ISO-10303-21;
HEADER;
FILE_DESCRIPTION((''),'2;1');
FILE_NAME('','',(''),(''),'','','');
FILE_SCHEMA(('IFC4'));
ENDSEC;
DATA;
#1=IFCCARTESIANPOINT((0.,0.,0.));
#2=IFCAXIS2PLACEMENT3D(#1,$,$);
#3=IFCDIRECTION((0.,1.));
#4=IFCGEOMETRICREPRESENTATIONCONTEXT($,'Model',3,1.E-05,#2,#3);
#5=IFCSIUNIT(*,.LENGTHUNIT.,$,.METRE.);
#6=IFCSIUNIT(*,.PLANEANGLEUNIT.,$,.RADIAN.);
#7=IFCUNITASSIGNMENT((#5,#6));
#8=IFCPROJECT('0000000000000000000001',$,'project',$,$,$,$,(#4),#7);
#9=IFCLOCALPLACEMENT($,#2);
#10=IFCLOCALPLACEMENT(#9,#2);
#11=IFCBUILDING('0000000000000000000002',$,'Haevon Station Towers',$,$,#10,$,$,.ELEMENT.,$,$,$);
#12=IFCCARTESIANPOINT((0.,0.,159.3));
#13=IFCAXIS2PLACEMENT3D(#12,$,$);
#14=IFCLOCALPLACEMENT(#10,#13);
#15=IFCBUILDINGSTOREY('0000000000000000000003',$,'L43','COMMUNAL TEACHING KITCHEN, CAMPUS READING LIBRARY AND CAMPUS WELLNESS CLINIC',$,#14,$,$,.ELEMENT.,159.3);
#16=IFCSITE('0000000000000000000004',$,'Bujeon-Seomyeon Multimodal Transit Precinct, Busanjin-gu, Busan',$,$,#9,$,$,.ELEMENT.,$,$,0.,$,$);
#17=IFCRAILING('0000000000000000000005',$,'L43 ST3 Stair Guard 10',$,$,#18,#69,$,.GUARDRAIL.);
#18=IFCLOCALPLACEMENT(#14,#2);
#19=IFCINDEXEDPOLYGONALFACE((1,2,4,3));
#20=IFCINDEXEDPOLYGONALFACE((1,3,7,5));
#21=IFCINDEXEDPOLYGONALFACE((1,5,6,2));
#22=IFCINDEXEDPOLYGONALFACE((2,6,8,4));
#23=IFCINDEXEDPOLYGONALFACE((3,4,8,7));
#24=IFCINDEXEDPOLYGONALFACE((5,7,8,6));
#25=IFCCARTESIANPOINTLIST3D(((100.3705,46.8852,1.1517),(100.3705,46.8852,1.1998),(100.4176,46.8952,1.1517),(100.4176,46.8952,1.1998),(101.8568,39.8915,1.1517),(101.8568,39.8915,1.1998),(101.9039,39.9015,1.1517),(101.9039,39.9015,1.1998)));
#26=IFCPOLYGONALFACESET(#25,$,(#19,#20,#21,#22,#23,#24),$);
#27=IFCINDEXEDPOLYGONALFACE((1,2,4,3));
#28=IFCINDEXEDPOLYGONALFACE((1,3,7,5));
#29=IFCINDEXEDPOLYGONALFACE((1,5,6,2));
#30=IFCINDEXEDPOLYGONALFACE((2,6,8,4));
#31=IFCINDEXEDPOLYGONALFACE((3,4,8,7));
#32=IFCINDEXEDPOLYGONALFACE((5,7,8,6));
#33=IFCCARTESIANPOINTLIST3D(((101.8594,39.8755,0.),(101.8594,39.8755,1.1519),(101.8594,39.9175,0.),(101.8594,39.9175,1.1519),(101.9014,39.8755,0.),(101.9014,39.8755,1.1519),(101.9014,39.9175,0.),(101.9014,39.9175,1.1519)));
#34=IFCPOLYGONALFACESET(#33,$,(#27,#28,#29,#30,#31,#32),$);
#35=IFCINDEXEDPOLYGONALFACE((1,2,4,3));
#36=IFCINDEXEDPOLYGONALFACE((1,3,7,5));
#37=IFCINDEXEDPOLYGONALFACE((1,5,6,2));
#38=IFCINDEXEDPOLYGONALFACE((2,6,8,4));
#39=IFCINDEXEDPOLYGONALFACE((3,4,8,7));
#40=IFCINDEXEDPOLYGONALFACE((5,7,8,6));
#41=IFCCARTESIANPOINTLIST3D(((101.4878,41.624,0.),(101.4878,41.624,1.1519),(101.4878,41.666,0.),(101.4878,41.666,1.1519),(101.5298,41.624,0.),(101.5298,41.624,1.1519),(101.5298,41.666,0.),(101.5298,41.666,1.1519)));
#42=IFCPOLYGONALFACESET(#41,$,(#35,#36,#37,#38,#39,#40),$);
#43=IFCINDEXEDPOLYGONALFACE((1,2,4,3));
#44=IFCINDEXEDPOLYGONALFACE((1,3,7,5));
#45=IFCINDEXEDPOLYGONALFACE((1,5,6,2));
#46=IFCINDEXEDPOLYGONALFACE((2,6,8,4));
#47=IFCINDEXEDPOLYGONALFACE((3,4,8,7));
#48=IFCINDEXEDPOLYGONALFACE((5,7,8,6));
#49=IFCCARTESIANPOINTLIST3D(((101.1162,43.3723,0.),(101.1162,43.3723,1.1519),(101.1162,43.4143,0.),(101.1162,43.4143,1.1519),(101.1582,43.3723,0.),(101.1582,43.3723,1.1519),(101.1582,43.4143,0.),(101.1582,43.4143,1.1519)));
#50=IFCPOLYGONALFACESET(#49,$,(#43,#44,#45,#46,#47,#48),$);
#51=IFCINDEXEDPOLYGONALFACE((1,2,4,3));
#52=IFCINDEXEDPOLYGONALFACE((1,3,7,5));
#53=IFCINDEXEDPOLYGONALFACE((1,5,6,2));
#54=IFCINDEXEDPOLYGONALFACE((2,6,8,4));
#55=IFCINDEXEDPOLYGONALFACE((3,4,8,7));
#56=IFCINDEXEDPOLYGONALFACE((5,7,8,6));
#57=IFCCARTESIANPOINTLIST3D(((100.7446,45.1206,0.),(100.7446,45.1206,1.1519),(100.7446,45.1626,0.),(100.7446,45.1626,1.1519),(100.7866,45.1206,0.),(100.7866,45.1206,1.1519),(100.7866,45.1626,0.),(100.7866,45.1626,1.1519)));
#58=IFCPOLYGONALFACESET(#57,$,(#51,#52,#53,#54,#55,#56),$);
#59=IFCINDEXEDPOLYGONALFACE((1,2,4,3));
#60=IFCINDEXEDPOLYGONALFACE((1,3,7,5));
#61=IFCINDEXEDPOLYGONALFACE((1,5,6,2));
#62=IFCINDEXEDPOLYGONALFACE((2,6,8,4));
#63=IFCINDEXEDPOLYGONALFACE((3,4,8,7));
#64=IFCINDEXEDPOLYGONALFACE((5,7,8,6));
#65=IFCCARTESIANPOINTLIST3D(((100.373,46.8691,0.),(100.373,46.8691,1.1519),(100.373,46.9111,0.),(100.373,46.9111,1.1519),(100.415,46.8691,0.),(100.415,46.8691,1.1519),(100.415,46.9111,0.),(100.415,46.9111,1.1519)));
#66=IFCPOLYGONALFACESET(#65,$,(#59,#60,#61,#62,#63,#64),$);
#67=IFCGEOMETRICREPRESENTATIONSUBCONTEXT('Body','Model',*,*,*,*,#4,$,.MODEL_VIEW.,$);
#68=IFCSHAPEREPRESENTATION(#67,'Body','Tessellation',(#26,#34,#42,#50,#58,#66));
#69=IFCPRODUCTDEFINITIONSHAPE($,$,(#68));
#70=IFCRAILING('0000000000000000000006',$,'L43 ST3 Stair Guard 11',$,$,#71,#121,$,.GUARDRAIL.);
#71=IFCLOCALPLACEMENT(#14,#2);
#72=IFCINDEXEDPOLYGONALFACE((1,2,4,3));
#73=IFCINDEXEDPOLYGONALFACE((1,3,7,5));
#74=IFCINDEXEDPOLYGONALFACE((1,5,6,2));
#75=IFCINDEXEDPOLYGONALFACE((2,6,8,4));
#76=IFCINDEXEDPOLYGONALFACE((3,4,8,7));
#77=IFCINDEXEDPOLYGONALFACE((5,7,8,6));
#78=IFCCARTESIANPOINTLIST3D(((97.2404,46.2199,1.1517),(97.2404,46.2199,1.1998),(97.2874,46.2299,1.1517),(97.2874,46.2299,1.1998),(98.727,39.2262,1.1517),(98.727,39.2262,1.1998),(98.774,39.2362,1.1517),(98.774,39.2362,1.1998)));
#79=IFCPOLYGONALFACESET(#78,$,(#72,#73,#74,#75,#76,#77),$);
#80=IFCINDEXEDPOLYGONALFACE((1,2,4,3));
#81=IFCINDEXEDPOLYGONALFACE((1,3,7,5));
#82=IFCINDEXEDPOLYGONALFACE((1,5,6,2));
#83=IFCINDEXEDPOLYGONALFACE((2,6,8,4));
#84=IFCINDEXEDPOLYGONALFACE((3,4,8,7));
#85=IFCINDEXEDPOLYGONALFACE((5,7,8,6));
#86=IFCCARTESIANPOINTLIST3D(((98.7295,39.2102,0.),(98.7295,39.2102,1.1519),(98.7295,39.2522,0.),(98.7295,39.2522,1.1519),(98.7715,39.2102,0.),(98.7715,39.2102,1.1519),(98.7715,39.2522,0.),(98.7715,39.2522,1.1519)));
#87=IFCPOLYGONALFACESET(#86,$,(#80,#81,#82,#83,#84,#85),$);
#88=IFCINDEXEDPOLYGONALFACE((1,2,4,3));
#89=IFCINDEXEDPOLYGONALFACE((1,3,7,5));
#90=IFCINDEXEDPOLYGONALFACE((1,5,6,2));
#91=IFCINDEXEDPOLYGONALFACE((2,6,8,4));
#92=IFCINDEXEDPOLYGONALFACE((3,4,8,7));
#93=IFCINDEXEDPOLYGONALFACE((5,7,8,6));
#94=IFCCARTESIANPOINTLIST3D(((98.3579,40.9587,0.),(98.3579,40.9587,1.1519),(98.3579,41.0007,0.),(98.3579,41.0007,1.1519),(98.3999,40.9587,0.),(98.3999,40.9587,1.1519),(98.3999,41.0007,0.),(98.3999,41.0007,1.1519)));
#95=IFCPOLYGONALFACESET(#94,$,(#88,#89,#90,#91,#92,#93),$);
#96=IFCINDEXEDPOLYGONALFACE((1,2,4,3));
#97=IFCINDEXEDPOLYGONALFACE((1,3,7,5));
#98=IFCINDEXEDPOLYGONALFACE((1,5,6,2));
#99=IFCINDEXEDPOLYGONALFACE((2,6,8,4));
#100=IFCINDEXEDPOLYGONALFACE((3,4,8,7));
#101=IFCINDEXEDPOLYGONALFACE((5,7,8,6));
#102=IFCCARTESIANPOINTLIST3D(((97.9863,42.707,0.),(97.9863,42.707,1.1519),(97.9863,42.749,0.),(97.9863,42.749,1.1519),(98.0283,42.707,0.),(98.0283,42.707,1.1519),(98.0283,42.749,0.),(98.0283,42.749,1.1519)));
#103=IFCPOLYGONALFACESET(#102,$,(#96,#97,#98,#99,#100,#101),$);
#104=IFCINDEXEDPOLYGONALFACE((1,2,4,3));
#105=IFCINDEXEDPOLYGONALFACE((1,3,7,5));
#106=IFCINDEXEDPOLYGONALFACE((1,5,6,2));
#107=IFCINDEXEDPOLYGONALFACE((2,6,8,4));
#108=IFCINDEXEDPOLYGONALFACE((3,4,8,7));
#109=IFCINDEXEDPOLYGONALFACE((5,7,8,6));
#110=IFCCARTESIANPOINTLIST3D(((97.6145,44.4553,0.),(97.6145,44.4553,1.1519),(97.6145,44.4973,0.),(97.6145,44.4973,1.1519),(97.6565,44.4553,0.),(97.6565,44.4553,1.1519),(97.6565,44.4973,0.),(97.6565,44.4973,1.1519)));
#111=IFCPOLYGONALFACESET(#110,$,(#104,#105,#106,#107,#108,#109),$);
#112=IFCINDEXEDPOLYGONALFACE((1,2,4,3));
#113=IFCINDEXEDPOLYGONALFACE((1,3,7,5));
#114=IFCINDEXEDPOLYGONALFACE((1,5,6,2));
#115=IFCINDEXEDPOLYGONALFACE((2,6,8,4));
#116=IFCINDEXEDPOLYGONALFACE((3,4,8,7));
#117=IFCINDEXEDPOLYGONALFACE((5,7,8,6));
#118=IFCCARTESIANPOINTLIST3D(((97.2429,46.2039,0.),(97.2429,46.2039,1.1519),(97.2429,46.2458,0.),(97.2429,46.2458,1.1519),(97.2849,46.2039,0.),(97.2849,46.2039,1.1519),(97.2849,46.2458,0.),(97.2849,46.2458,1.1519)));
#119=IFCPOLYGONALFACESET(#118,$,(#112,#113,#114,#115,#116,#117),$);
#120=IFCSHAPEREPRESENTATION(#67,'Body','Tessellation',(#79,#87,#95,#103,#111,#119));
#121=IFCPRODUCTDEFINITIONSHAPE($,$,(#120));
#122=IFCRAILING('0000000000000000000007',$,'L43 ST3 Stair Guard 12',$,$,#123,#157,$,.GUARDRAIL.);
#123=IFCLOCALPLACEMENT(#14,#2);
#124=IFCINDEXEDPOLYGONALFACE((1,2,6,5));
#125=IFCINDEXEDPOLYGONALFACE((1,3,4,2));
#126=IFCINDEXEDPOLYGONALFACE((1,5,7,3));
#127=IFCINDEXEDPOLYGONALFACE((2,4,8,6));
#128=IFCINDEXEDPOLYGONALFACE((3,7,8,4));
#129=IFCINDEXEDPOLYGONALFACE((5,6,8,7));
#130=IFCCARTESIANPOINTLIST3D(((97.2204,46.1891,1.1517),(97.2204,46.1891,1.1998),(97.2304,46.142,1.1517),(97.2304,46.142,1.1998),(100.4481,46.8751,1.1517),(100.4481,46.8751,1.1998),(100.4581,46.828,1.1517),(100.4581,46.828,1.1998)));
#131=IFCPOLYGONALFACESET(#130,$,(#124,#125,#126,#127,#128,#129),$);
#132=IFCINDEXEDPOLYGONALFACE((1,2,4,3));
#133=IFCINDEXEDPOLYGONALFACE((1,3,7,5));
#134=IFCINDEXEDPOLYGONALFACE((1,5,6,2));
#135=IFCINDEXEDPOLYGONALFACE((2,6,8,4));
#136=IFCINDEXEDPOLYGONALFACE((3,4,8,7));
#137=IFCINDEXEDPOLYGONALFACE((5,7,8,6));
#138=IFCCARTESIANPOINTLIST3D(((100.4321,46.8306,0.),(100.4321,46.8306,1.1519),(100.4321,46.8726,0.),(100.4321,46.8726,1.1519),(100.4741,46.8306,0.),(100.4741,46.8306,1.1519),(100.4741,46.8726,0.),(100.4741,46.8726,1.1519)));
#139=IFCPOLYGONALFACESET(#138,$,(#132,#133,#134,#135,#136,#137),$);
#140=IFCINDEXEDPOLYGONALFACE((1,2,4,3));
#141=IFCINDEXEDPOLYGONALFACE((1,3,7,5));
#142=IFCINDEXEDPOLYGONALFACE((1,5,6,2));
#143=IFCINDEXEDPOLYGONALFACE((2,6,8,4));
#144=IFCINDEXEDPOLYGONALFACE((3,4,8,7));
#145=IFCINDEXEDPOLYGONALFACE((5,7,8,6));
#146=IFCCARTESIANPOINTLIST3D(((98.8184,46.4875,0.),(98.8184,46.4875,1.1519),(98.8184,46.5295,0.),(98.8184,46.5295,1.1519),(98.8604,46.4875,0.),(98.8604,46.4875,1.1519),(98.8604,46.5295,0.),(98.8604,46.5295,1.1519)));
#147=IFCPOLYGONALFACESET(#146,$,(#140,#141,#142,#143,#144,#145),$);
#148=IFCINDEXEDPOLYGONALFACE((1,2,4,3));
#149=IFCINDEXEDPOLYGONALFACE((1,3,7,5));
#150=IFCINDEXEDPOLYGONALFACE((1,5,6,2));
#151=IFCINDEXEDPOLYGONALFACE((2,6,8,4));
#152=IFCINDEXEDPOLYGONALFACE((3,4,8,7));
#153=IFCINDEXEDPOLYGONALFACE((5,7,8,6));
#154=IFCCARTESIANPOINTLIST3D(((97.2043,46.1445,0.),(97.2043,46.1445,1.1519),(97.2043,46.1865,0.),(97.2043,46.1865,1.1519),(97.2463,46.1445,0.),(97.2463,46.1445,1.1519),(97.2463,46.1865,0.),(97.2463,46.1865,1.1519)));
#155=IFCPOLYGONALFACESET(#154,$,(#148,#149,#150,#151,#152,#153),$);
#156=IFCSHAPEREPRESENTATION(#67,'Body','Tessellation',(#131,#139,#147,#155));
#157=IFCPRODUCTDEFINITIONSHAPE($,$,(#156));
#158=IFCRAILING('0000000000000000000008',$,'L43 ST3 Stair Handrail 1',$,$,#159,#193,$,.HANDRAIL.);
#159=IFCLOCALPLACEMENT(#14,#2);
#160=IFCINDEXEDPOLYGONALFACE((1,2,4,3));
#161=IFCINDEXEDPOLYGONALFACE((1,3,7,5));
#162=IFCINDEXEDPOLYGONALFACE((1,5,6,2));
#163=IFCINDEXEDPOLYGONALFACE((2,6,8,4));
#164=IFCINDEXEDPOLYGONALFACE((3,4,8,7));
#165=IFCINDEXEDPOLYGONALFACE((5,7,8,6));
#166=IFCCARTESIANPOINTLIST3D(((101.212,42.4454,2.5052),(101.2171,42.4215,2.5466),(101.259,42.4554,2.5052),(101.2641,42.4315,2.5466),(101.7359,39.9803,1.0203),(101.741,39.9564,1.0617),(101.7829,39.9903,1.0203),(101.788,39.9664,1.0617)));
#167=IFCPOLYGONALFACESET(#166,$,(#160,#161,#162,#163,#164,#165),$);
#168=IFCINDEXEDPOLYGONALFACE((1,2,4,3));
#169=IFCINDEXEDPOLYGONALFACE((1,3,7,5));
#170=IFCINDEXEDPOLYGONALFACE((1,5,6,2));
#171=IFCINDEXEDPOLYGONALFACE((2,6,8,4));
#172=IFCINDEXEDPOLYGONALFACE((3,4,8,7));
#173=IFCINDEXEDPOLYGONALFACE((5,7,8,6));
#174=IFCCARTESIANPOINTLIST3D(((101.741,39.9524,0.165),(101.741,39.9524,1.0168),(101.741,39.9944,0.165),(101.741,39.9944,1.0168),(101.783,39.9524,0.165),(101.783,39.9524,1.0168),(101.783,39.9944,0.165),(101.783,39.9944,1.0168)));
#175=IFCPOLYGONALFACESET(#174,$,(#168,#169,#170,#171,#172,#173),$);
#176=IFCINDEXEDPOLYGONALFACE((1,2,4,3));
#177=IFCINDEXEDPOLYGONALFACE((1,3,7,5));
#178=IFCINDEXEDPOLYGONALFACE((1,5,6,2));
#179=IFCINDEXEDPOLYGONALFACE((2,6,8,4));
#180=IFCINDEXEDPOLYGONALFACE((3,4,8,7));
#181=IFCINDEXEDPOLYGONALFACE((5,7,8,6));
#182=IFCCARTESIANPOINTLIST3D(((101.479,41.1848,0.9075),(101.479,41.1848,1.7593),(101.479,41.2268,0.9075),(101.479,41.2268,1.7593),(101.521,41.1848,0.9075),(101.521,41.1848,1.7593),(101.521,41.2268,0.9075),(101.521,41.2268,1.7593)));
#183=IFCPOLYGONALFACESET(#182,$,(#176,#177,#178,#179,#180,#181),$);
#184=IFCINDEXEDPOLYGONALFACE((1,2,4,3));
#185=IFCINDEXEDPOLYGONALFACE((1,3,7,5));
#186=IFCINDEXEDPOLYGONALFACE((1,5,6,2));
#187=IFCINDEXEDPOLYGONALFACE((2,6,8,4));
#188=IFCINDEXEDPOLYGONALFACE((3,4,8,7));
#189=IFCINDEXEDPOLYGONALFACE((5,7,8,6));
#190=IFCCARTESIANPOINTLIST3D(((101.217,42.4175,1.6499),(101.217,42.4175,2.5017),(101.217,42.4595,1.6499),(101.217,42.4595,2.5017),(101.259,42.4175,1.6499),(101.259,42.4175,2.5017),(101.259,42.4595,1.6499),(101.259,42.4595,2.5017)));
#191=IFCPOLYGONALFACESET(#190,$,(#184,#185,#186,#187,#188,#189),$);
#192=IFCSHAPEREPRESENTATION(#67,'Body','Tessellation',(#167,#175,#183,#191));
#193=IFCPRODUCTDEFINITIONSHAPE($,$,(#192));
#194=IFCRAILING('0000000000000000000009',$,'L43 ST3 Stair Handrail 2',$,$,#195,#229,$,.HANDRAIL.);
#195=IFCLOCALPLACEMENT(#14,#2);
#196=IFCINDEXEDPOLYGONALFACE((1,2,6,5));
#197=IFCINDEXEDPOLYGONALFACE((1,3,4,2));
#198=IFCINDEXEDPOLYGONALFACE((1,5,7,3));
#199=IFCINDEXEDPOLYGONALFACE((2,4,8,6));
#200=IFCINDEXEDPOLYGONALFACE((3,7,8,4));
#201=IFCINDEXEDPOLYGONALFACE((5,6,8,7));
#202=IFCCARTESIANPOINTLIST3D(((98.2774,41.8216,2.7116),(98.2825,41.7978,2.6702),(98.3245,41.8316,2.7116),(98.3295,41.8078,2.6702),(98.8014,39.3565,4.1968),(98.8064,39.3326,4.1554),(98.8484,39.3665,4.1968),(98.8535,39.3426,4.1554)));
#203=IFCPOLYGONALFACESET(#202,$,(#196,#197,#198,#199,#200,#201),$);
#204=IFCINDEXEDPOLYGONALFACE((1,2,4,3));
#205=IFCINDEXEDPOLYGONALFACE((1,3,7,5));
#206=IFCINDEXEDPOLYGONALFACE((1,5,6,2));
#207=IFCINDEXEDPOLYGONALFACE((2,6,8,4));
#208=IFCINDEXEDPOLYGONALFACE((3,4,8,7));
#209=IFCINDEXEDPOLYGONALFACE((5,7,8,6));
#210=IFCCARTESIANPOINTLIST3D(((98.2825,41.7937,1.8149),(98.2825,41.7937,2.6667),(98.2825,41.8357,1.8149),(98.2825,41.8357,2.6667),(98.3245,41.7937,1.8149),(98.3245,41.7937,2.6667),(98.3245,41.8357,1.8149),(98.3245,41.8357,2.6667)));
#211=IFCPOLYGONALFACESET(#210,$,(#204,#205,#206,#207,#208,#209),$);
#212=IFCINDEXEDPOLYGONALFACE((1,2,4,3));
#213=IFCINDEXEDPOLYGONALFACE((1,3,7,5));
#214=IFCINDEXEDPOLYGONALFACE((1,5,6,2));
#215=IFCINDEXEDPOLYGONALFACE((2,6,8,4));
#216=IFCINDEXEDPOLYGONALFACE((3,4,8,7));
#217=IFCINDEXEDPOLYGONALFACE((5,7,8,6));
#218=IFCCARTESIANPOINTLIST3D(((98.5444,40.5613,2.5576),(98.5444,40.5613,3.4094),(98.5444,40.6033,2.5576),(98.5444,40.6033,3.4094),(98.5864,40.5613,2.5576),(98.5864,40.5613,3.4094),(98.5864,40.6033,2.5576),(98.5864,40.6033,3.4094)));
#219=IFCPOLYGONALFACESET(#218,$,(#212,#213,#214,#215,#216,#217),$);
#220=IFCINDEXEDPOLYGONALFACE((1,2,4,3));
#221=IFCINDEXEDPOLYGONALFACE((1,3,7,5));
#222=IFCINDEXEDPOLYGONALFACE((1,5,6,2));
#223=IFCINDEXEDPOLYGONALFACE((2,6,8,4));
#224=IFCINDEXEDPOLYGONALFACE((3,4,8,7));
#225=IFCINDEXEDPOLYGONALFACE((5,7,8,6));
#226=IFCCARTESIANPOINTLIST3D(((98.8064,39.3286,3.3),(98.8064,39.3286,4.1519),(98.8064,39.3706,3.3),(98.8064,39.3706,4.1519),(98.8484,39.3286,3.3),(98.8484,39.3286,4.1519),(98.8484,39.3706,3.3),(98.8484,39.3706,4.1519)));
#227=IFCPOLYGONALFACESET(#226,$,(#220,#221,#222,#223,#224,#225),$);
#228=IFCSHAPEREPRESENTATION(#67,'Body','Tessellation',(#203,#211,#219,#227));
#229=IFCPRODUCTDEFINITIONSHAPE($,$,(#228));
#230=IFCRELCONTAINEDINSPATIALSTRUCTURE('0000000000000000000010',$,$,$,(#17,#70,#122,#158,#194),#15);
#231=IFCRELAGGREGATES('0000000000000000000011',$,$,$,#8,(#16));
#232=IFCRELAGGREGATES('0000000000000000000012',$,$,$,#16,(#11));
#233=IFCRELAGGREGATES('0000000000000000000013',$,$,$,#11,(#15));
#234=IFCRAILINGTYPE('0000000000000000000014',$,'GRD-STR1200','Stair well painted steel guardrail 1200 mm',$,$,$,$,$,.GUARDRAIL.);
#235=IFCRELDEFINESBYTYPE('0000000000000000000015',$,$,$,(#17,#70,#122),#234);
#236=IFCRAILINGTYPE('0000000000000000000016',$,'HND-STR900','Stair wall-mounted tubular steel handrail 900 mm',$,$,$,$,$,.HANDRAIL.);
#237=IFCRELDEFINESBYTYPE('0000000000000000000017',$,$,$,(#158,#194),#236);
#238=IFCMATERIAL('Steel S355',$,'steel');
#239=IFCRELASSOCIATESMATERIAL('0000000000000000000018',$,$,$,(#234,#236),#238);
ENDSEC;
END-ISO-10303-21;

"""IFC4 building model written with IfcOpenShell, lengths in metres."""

from ifc_helpers import new_model, si_unit, direction, frame, origin, origin_2d, place, context, subcontext, project, spatial, rectangle, extrude, material, type_object, element, save


model = new_model("IFC4")

# Units and contexts
model_context = context("Model", 3, precision=1e-05, world=origin(), true_north=direction((0.0, 1.0)))
body_context = subcontext(model_context, "Body", "Model", "MODEL_VIEW")
ifc_project = project(units=[si_unit("LENGTHUNIT", "METRE"), si_unit("PLANEANGLEUNIT", "RADIAN")], contexts=[model_context])

# Site, building, storey
site_placement = place(None, origin())
site = spatial("IfcSite", under=ifc_project, at=site_placement, Name="Bujeon-Seomyeon Multimodal Transit Precinct, Busanjin-gu, Busan", CompositionType="ELEMENT", RefElevation=0.0)
building_placement = place(site_placement, origin())
building = spatial("IfcBuilding", under=site, at=building_placement, Name="Haevon Station Towers", CompositionType="ELEMENT")
storey_placement = place(building_placement, frame((0.0, 0.0, 159.3)))
storey = spatial("IfcBuildingStorey", under=building, at=storey_placement, Name="L43", Description="COMMUNAL TEACHING KITCHEN, CAMPUS READING LIBRARY AND CAMPUS WELLNESS CLINIC", CompositionType="ELEMENT", Elevation=159.3)

# Shared definitions
ifc_material_1 = material(Name="Steel S355", Category="steel")

# Railings
railing_type_1 = type_object("IfcRailingType", Name="GRD-STR1200", Description="Stair well painted steel guardrail 1200 mm", PredefinedType="GUARDRAIL", material=ifc_material_1)
railing_1_placement = place(storey_placement, frame((101.8804, 39.8965, 0.0)))
element("IfcRailing", 1, at=railing_1_placement, inside=storey, type_object=railing_type_1, Name="L43 ST3 Stair Guard 10", PredefinedType="GUARDRAIL", context=body_context, shape_type="SweptSolid", body=[
    extrude(rectangle(XDim=0.0481, YDim=0.0481, at=origin_2d()), frame((0.0, 0.0, 1.1758), z_axis=(-0.207882, 0.978154, 0.0), x_axis=(-0.978154, -0.207882, 0.0)), (0.0, 0.0, 1.0), 7.1499),
    extrude(rectangle(XDim=0.042, YDim=0.042, at=origin_2d()), origin(), (0.0, 0.0, 1.0), 1.1519),
    extrude(rectangle(XDim=0.042, YDim=0.042, at=origin_2d()), frame((-0.3716, 1.7485, 0.0)), (0.0, 0.0, 1.0), 1.1519),
    extrude(rectangle(XDim=0.042, YDim=0.042, at=origin_2d()), frame((-0.7432, 3.4968, 0.0)), (0.0, 0.0, 1.0), 1.1519),
    extrude(rectangle(XDim=0.042, YDim=0.042, at=origin_2d()), frame((-1.1147, 5.2451, 0.0)), (0.0, 0.0, 1.0), 1.1519),
    extrude(rectangle(XDim=0.042, YDim=0.042, at=origin_2d()), frame((-1.4863, 6.9937, 0.0)), (0.0, 0.0, 1.0), 1.1519),
])
railing_2_placement = place(storey_placement, frame((98.7505, 39.2312, 0.0)))
element("IfcRailing", 2, at=railing_2_placement, inside=storey, type_object=railing_type_1, Name="L43 ST3 Stair Guard 11", PredefinedType="GUARDRAIL", context=body_context, shape_type="SweptSolid", body=[
    extrude(rectangle(XDim=0.0481, YDim=0.0481, at=origin_2d()), frame((0.0, 0.0, 1.1758), z_axis=(-0.207915, 0.978147, 0.0), x_axis=(-0.978147, -0.207915, 0.0)), (0.0, 0.0, 1.0), 7.1499),
    extrude(rectangle(XDim=0.042, YDim=0.042, at=origin_2d()), origin(), (0.0, 0.0, 1.0), 1.1519),
    extrude(rectangle(XDim=0.042, YDim=0.042, at=origin_2d()), frame((-0.3716, 1.7485, 0.0)), (0.0, 0.0, 1.0), 1.1519),
    extrude(rectangle(XDim=0.042, YDim=0.042, at=origin_2d()), frame((-0.7432, 3.4968, 0.0)), (0.0, 0.0, 1.0), 1.1519),
    extrude(rectangle(XDim=0.042, YDim=0.042, at=origin_2d()), frame((-1.115, 5.2451, 0.0)), (0.0, 0.0, 1.0), 1.1519),
    extrude(rectangle(XDim=0.042, YDim=0.042, at=origin_2d()), frame((-1.4866, 6.9937, 0.0)), (0.0, 0.0, 1.0), 1.1519),
])
railing_3_placement = place(storey_placement, frame((100.4531, 46.8516, 0.0)))
element("IfcRailing", 3, at=railing_3_placement, inside=storey, type_object=railing_type_1, Name="L43 ST3 Stair Guard 12", PredefinedType="GUARDRAIL", context=body_context, shape_type="SweptSolid", body=[
    extrude(rectangle(XDim=0.0481, YDim=0.0481, at=origin_2d()), frame((0.0, 0.0, 1.1758), z_axis=(-0.978151, -0.207897, 0.0), x_axis=(0.207897, -0.978151, 0.0)), (0.0, 0.0, 1.0), 3.2998),
    extrude(rectangle(XDim=0.042, YDim=0.042, at=origin_2d()), origin(), (0.0, 0.0, 1.0), 1.1519),
    extrude(rectangle(XDim=0.042, YDim=0.042, at=origin_2d()), frame((-1.6138, -0.343, 0.0)), (0.0, 0.0, 1.0), 1.1519),
    extrude(rectangle(XDim=0.042, YDim=0.042, at=origin_2d()), frame((-3.2278, -0.686, 0.0)), (0.0, 0.0, 1.0), 1.1519),
])
railing_type_2 = type_object("IfcRailingType", Name="HND-STR900", Description="Stair wall-mounted tubular steel handrail 900 mm", PredefinedType="HANDRAIL", material=ifc_material_1)
railing_4_placement = place(storey_placement, frame((101.762, 39.9734, 0.165)))
element("IfcRailing", 4, at=railing_4_placement, inside=storey, type_object=railing_type_2, Name="L43 ST3 Stair Handrail 1", PredefinedType="HANDRAIL", context=body_context, shape_type="SweptSolid", body=[
    extrude(rectangle(XDim=0.0481, YDim=0.0481, at=origin_2d()), frame((0.0, 0.0, 0.876), z_axis=(-0.179116, 0.842748, 0.507635), x_axis=(-0.978151, -0.207895, 0.0)), (0.0, 0.0, 1.0), 2.925),
    extrude(rectangle(XDim=0.042, YDim=0.042, at=origin_2d()), origin(), (0.0, 0.0, 1.0), 0.8518),
    extrude(rectangle(XDim=0.042, YDim=0.042, at=origin_2d()), frame((-0.262, 1.2324, 0.7424)), (0.0, 0.0, 1.0), 0.8518),
    extrude(rectangle(XDim=0.042, YDim=0.042, at=origin_2d()), frame((-0.5239, 2.4651, 1.4849)), (0.0, 0.0, 1.0), 0.8518),
])
railing_5_placement = place(storey_placement, frame((98.3035, 41.8147, 1.8149)))
element("IfcRailing", 5, at=railing_5_placement, inside=storey, type_object=railing_type_2, Name="L43 ST3 Stair Handrail 2", PredefinedType="HANDRAIL", context=body_context, shape_type="SweptSolid", body=[
    extrude(rectangle(XDim=0.0481, YDim=0.0481, at=origin_2d()), frame((0.0, 0.0, 0.876), z_axis=(0.179109, -0.842712, 0.507697), x_axis=(0.978151, 0.207895, 0.0)), (0.0, 0.0, 1.0), 2.9253),
    extrude(rectangle(XDim=0.042, YDim=0.042, at=origin_2d()), origin(), (0.0, 0.0, 1.0), 0.8518),
    extrude(rectangle(XDim=0.042, YDim=0.042, at=origin_2d()), frame((0.262, -1.2324, 0.7427)), (0.0, 0.0, 1.0), 0.8518),
    extrude(rectangle(XDim=0.042, YDim=0.042, at=origin_2d()), frame((0.5239, -2.4651, 1.4851)), (0.0, 0.0, 1.0), 0.8518),
])

save(model, "model.ifc")
